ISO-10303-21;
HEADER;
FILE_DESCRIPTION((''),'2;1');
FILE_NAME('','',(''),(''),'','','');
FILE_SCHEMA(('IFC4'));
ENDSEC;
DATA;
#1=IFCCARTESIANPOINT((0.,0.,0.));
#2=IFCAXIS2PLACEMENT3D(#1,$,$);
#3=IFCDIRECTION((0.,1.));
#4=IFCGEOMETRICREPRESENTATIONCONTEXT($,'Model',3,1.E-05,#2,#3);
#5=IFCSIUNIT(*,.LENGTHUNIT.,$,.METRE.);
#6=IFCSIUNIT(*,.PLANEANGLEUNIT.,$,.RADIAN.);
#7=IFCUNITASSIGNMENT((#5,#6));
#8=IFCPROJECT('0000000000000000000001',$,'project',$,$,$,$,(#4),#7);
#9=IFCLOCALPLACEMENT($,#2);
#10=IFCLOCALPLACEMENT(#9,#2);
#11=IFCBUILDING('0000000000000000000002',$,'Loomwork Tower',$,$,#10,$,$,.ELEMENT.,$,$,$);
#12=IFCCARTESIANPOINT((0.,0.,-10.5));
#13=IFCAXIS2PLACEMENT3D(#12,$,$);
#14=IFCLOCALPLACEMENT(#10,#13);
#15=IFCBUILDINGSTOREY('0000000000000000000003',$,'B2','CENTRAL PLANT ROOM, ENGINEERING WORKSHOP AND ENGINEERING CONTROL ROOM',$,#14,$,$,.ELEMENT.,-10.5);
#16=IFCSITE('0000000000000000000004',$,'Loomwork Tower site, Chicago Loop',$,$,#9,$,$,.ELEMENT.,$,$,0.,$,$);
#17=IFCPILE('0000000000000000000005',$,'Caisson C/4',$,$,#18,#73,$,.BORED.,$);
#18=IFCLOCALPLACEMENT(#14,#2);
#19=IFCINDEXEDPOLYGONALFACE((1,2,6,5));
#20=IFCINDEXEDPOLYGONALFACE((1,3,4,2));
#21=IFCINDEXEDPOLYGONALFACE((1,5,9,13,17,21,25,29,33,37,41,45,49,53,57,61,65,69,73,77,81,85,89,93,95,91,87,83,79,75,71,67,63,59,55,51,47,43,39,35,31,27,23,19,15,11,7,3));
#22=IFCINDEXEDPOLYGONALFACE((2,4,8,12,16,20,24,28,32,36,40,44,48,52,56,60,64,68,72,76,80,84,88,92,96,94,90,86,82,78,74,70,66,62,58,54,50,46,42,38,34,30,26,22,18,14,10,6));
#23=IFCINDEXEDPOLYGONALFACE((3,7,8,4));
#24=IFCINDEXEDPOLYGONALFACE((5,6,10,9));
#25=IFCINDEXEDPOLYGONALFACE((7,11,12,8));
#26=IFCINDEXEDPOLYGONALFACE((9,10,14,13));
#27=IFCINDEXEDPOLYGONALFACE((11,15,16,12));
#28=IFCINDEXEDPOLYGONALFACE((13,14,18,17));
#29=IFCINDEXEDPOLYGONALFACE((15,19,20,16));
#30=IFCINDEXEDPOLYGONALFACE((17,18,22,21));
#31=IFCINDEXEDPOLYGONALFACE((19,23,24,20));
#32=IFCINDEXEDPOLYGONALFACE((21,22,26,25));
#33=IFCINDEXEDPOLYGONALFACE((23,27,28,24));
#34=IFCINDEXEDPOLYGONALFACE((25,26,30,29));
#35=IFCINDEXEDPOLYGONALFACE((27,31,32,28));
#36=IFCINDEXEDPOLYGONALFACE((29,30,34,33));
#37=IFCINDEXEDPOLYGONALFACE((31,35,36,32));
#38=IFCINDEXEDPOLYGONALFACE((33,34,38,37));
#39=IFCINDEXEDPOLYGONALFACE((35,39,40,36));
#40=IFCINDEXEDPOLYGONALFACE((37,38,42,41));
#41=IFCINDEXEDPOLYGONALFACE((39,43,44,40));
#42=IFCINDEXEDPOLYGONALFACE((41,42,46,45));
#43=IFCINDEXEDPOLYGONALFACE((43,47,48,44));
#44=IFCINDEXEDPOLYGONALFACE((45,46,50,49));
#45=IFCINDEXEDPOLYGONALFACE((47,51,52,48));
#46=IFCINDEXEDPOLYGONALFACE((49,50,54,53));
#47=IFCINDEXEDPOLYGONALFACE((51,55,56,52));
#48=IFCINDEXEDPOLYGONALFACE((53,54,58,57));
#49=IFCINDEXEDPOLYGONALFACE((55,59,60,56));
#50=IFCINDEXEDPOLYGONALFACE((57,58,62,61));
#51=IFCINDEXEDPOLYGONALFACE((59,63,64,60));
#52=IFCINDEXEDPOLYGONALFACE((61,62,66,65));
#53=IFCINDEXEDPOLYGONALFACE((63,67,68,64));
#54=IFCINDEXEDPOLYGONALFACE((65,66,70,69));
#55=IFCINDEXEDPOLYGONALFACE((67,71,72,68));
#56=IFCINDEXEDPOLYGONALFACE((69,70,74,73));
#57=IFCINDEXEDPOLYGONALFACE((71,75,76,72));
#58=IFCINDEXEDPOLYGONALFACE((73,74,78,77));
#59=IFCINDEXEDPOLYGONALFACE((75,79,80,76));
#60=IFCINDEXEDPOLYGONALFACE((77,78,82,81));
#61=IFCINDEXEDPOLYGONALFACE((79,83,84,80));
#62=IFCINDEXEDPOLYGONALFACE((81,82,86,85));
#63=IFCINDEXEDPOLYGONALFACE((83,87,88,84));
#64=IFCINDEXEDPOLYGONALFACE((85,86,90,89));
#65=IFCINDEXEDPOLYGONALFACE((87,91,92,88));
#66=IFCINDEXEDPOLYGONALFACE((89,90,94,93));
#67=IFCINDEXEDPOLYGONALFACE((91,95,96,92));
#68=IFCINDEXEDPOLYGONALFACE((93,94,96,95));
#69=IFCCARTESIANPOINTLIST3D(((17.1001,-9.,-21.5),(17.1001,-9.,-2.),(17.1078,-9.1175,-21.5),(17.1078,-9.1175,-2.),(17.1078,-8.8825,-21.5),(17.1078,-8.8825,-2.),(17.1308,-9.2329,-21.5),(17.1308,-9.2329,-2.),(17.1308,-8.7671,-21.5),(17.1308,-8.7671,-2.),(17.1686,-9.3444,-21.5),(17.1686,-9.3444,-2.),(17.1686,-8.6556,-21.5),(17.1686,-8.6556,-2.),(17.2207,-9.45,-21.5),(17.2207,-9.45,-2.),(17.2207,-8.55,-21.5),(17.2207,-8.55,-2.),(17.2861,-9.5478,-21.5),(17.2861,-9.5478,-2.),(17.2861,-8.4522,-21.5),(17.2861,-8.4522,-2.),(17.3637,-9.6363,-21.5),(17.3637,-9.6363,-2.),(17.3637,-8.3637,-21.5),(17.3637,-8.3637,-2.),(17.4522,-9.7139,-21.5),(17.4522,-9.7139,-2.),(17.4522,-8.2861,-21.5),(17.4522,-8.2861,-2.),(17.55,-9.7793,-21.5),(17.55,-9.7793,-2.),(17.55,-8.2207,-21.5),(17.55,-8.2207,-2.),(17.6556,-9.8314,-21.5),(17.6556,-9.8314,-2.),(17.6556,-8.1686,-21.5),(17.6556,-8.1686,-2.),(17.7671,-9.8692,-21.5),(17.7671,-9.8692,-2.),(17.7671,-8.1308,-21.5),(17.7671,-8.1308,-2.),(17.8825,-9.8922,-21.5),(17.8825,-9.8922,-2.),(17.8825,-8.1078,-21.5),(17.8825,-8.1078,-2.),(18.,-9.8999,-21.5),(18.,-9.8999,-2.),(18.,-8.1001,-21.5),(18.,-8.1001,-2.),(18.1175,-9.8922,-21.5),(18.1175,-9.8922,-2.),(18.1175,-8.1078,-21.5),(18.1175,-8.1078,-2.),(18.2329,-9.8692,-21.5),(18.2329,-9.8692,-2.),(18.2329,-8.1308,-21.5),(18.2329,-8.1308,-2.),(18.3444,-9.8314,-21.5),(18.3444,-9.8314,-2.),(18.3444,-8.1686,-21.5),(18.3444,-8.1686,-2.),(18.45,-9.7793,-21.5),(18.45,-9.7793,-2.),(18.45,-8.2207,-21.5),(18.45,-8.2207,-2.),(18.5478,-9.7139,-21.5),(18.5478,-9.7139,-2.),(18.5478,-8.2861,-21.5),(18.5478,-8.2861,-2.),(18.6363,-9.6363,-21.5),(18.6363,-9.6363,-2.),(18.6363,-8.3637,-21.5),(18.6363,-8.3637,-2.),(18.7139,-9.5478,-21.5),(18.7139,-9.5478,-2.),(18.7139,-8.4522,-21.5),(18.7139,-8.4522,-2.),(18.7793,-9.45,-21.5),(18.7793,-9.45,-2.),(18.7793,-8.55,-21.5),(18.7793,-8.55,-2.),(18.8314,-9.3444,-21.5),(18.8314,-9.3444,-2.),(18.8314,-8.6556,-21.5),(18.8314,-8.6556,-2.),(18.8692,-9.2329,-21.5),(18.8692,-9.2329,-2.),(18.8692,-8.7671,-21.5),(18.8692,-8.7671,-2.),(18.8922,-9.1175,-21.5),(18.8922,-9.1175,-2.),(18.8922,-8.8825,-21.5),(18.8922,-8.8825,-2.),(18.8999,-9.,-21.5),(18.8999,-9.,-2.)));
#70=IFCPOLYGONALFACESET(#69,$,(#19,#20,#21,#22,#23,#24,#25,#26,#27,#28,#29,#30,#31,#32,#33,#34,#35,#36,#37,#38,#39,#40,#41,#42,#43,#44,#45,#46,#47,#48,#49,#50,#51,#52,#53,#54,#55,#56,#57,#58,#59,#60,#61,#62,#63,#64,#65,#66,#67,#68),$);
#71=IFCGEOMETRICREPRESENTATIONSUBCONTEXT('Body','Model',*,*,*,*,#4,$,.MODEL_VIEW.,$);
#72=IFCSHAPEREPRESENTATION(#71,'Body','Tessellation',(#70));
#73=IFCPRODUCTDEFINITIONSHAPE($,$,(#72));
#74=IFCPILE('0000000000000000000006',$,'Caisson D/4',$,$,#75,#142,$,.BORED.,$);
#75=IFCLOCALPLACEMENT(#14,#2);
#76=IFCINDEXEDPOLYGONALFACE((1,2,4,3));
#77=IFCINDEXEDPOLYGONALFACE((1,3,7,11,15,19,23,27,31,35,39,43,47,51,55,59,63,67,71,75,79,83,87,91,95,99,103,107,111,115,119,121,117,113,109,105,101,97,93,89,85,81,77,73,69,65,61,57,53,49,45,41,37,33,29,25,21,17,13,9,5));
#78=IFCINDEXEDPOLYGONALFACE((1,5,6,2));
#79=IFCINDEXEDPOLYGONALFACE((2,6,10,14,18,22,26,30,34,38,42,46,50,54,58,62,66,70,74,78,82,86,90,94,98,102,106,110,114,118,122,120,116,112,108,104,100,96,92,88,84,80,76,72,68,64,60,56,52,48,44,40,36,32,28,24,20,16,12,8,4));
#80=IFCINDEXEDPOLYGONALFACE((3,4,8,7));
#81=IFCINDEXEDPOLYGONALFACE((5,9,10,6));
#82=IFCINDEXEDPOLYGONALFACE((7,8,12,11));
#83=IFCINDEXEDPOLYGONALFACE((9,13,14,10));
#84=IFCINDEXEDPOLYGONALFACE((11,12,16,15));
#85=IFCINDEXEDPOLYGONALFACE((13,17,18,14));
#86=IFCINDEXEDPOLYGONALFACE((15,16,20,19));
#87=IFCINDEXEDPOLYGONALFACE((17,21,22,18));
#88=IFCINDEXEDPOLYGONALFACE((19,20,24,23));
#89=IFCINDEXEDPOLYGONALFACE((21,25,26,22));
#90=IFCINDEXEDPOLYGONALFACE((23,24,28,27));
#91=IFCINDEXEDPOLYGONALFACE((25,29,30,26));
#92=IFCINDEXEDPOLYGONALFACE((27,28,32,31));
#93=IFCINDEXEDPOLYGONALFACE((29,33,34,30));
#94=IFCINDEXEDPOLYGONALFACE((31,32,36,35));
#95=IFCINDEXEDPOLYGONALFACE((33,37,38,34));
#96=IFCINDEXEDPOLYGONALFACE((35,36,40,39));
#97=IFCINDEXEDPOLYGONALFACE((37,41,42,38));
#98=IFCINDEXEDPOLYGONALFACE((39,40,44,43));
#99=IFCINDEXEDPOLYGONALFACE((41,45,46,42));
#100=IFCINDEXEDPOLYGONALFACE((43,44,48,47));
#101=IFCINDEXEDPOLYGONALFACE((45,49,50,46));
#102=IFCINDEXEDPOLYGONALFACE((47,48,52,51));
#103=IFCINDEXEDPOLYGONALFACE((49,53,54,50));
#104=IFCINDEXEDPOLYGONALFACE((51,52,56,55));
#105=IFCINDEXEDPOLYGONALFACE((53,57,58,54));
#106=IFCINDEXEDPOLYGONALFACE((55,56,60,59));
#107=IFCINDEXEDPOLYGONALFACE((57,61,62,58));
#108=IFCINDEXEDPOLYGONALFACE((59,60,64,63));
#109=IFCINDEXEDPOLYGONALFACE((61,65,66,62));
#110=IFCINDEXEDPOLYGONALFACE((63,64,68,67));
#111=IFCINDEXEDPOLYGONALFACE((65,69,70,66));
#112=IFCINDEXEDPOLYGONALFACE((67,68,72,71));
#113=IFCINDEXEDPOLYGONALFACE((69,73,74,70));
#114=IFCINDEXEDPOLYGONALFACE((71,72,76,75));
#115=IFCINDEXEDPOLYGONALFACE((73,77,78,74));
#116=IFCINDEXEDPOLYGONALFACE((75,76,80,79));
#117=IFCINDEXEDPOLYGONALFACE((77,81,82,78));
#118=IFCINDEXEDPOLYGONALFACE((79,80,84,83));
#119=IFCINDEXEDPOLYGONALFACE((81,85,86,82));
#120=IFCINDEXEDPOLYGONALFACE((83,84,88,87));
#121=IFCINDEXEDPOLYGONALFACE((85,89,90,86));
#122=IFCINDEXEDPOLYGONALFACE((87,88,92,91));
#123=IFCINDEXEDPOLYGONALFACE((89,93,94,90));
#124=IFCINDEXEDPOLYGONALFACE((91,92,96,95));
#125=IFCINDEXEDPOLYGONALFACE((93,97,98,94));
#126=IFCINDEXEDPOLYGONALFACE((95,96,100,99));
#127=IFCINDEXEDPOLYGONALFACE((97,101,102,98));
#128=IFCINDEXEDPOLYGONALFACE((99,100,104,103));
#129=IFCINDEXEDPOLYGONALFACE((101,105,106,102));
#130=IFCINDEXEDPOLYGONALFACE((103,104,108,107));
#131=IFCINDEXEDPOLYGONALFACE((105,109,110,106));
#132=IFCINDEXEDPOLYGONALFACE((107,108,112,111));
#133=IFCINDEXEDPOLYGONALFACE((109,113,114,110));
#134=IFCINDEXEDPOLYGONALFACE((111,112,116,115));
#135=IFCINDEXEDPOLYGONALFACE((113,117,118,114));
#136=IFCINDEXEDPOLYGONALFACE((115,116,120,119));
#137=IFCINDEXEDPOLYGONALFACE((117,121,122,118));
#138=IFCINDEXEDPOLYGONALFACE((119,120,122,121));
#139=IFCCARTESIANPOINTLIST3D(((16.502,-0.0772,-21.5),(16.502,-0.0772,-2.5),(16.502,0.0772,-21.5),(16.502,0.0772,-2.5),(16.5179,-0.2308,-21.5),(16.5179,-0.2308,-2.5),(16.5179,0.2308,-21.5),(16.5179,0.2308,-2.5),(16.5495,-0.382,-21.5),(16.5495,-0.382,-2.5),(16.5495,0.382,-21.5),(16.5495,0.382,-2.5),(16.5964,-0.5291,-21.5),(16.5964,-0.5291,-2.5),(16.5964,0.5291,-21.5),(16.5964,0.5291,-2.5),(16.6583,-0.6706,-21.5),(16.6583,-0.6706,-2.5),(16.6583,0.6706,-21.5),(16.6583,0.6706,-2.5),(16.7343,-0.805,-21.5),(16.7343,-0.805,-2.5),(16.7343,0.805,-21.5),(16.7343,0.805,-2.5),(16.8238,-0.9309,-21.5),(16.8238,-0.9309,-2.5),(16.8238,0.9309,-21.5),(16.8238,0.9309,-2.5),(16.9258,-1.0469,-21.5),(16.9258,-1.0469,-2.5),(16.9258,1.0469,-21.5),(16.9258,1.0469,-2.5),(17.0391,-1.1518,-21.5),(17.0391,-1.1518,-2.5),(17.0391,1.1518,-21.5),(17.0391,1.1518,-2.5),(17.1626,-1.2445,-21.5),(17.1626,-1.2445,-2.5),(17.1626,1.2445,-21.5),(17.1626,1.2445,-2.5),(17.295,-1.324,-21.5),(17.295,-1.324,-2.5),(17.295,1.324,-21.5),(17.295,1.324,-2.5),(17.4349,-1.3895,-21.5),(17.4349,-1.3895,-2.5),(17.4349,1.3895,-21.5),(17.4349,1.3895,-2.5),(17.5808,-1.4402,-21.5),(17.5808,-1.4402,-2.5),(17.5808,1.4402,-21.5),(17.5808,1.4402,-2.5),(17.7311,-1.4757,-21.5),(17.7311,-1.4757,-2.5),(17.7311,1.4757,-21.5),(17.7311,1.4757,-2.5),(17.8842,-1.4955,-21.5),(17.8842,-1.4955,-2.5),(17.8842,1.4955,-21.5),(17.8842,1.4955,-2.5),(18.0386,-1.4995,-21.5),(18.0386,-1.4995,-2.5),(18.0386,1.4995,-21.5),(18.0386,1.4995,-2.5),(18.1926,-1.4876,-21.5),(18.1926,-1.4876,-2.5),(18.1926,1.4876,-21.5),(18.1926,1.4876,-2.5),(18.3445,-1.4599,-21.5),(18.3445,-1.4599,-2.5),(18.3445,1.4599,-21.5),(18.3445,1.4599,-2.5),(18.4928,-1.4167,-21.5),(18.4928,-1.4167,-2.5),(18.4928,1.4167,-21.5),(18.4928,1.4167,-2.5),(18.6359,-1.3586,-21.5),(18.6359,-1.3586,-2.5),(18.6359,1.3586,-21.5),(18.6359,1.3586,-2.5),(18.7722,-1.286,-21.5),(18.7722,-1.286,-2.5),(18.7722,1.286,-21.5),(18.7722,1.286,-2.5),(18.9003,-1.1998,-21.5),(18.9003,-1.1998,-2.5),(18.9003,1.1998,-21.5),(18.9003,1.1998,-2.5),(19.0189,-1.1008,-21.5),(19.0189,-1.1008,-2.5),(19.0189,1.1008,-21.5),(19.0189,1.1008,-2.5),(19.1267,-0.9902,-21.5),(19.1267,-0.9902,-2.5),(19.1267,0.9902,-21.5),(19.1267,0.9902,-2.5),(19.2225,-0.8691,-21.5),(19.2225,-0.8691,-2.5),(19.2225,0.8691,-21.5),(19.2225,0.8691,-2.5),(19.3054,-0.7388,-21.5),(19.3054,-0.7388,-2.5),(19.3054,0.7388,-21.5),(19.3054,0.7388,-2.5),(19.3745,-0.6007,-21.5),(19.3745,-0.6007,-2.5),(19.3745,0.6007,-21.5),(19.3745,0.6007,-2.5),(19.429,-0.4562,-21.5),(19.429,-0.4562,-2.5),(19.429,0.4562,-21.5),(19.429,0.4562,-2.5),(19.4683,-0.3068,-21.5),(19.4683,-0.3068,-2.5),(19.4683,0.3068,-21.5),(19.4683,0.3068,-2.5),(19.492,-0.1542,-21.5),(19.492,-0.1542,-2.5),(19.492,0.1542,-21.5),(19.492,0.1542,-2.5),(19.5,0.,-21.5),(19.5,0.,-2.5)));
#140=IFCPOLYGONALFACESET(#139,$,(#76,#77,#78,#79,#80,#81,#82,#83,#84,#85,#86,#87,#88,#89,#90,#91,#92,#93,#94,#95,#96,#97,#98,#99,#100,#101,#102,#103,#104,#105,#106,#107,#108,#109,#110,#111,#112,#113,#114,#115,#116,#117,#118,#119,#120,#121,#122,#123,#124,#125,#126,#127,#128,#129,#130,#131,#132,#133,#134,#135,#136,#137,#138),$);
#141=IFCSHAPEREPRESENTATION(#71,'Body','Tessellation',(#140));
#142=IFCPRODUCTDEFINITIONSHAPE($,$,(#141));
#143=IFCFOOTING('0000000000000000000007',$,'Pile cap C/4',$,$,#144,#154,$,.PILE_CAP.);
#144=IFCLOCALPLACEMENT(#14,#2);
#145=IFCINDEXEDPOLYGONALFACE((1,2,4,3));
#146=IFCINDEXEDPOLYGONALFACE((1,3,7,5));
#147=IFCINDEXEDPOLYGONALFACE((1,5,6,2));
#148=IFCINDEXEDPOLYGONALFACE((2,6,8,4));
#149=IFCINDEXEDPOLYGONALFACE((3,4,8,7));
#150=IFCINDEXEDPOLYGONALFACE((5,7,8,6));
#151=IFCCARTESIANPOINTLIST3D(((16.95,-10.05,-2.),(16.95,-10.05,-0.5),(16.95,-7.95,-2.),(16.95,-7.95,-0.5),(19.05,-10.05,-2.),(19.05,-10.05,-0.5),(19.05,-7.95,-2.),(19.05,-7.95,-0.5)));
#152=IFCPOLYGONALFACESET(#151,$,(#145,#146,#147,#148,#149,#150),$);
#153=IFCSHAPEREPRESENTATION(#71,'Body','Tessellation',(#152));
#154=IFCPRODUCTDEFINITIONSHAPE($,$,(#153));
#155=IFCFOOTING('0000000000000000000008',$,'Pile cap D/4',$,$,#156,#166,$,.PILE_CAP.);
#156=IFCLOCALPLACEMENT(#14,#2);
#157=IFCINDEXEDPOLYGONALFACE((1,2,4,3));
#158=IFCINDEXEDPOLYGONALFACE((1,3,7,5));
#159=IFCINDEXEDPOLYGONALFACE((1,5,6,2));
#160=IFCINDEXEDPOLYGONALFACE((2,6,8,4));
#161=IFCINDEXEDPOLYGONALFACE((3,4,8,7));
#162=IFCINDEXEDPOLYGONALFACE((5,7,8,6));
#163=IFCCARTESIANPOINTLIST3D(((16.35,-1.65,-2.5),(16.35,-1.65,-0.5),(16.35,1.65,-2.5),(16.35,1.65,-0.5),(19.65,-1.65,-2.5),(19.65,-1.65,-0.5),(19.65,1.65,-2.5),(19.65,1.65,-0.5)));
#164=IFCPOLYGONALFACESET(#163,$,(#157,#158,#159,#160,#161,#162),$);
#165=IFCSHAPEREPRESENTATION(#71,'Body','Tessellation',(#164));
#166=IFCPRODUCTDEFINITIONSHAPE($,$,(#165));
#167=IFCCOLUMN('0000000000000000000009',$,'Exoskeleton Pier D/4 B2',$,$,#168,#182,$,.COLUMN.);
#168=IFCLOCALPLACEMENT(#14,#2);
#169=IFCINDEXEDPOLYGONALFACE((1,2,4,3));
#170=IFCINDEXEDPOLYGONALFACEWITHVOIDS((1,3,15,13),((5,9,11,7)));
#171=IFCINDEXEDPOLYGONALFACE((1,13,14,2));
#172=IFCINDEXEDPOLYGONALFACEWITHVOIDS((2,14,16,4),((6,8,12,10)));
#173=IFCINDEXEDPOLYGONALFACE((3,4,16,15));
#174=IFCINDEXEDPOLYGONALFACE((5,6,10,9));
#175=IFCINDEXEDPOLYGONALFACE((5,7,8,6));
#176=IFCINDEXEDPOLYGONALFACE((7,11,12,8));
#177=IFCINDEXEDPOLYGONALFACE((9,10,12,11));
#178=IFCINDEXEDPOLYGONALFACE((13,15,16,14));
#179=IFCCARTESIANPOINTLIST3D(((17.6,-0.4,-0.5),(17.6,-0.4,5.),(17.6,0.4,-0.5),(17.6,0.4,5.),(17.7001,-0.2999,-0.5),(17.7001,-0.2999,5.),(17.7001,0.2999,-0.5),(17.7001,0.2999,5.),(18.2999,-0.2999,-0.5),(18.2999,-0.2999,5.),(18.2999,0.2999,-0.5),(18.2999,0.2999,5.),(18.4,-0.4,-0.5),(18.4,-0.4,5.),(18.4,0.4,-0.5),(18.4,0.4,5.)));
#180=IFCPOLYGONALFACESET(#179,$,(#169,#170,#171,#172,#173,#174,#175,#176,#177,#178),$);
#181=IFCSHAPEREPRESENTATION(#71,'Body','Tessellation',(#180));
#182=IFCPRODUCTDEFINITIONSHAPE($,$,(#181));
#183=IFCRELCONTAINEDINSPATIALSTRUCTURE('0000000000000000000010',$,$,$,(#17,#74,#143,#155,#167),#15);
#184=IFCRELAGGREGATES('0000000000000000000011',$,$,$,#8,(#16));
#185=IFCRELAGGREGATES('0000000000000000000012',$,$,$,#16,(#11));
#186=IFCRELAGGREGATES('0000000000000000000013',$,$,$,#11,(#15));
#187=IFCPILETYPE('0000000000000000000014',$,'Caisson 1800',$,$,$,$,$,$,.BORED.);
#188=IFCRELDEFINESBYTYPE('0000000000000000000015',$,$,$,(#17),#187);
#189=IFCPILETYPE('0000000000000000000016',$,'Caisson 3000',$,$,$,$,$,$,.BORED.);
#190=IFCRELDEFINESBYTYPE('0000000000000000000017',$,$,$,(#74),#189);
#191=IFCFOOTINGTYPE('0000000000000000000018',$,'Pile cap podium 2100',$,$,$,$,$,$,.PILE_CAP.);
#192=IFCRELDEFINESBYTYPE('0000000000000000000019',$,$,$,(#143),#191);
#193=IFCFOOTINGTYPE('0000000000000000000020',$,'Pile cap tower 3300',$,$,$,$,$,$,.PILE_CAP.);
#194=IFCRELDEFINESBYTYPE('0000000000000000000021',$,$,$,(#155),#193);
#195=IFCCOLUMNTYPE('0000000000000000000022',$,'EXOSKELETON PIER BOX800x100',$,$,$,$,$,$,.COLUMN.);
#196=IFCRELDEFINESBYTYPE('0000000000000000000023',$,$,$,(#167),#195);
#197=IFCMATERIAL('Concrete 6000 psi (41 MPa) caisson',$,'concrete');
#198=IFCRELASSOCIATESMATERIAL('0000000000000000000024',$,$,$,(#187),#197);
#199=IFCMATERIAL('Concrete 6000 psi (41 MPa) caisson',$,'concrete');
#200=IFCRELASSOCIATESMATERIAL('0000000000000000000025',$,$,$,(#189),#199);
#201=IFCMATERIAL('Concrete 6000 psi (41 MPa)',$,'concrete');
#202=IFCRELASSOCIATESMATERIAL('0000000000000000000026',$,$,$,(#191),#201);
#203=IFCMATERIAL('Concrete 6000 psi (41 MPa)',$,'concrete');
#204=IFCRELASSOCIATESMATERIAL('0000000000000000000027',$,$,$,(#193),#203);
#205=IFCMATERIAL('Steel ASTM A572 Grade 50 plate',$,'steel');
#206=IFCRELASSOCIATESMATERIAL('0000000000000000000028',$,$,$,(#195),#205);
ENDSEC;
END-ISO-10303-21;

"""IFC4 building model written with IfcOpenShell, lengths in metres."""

from ifc_helpers import new_model, si_unit, direction, frame, origin, origin_2d, place, context, subcontext, project, spatial, rectangle, hollow_rectangle, circle, extrude, material, material_profile, profile_set, type_object, element, save


model = new_model("IFC4")

# Units and contexts
model_context = context("Model", 3, precision=1e-05, world=origin(), true_north=direction((0.0, 1.0)))
body_context = subcontext(model_context, "Body", "Model", "MODEL_VIEW")
ifc_project = project(units=[si_unit("LENGTHUNIT", "METRE"), si_unit("PLANEANGLEUNIT", "RADIAN")], contexts=[model_context])

# Site, building, storey
site_placement = place(None, origin())
site = spatial("IfcSite", under=ifc_project, at=site_placement, Name="Loomwork Tower site, Chicago Loop", CompositionType="ELEMENT", RefElevation=0.0)
building_placement = place(site_placement, origin())
building = spatial("IfcBuilding", under=site, at=building_placement, Name="Loomwork Tower", CompositionType="ELEMENT")
storey_placement = place(building_placement, frame((0.0, 0.0, -10.5)))
storey = spatial("IfcBuildingStorey", under=building, at=storey_placement, Name="B2", Description="CENTRAL PLANT ROOM, ENGINEERING WORKSHOP AND ENGINEERING CONTROL ROOM", CompositionType="ELEMENT", Elevation=-10.5)

# Piles
ifc_material_1 = material(Name="Concrete 6000 psi (41 MPa) caisson", Category="concrete")
ifc_material_profile_1 = material_profile(ifc_material_1, circle(Radius=0.8999, at=origin_2d()), Name="D1800")
ifc_profile_set_1 = profile_set([ifc_material_profile_1], Name="Concrete 6000 psi (41 MPa) caisson")
pile_type_1 = type_object("IfcPileType", Name="Caisson 1800", PredefinedType="BORED", material=ifc_profile_set_1)
pile_1_placement = place(storey_placement, frame((18.0, -9.0, -2.0), z_axis=(0.0, 0.0, -1.0), x_axis=(1.0, 0.0, 0.0)))
element("IfcPile", 1, at=pile_1_placement, inside=storey, type_object=pile_type_1, Name="Caisson C/4", PredefinedType="BORED", context=body_context, shape_type="SweptSolid", body=[
    extrude(circle(Radius=0.8999, at=origin_2d()), origin(), (0.0, 0.0, 1.0), 19.5),
])
ifc_material_2 = material(Name="Concrete 6000 psi (41 MPa) caisson", Category="concrete")
ifc_material_profile_2 = material_profile(ifc_material_2, circle(Radius=1.5, at=origin_2d()), Name="D3000")
ifc_profile_set_2 = profile_set([ifc_material_profile_2], Name="Concrete 6000 psi (41 MPa) caisson")
pile_type_2 = type_object("IfcPileType", Name="Caisson 3000", PredefinedType="BORED", material=ifc_profile_set_2)
pile_2_placement = place(storey_placement, frame((18.0, 0.0, -2.5), z_axis=(0.0, 0.0, -1.0), x_axis=(1.0, 0.0, 0.0)))
element("IfcPile", 2, at=pile_2_placement, inside=storey, type_object=pile_type_2, Name="Caisson D/4", PredefinedType="BORED", context=body_context, shape_type="SweptSolid", body=[
    extrude(circle(Radius=1.5, at=origin_2d()), origin(), (0.0, 0.0, 1.0), 19.0),
])

# Footings
ifc_material_3 = material(Name="Concrete 6000 psi (41 MPa)", Category="concrete")
footing_type_1 = type_object("IfcFootingType", Name="Pile cap podium 2100", PredefinedType="PILE_CAP", material=ifc_material_3)
footing_1_placement = place(storey_placement, frame((18.0, -9.0, -2.0), z_axis=(0.0, 0.0, 1.0), x_axis=(1.0, 0.0, 0.0)))
element("IfcFooting", 3, at=footing_1_placement, inside=storey, type_object=footing_type_1, Name="Pile cap C/4", PredefinedType="PILE_CAP", context=body_context, shape_type="SweptSolid", body=[
    extrude(rectangle(XDim=2.1001, YDim=2.1001, at=origin_2d()), origin(), (0.0, 0.0, 1.0), 1.5),
])
ifc_material_4 = material(Name="Concrete 6000 psi (41 MPa)", Category="concrete")
footing_type_2 = type_object("IfcFootingType", Name="Pile cap tower 3300", PredefinedType="PILE_CAP", material=ifc_material_4)
footing_2_placement = place(storey_placement, frame((18.0, 0.0, -2.5), z_axis=(0.0, 0.0, 1.0), x_axis=(1.0, 0.0, 0.0)))
element("IfcFooting", 4, at=footing_2_placement, inside=storey, type_object=footing_type_2, Name="Pile cap D/4", PredefinedType="PILE_CAP", context=body_context, shape_type="SweptSolid", body=[
    extrude(rectangle(XDim=3.3, YDim=3.3, at=origin_2d()), origin(), (0.0, 0.0, 1.0), 2.0),
])

# Column
ifc_material_5 = material(Name="Steel ASTM A572 Grade 50 plate", Category="steel")
ifc_material_profile_3 = material_profile(ifc_material_5, hollow_rectangle(XDim=0.8, YDim=0.8, WallThickness=0.1001, at=origin_2d()), Name="BOX800x100")
ifc_profile_set_3 = profile_set([ifc_material_profile_3], Name="Steel ASTM A572 Grade 50 plate")
column_type_1 = type_object("IfcColumnType", Name="EXOSKELETON PIER BOX800x100", PredefinedType="COLUMN", material=ifc_profile_set_3)
column_1_placement = place(storey_placement, frame((18.0, 0.0, -0.5), z_axis=(0.0, 0.0, 1.0), x_axis=(1.0, 0.0, 0.0)))
element("IfcColumn", 5, at=column_1_placement, inside=storey, type_object=column_type_1, Name="Exoskeleton Pier D/4 B2", PredefinedType="COLUMN", context=body_context, shape_type="SweptSolid", body=[
    extrude(hollow_rectangle(XDim=0.8, YDim=0.8, WallThickness=0.1001, at=origin_2d()), origin(), (0.0, 0.0, 1.0), 5.5),
])

save(model, "model.ifc")
